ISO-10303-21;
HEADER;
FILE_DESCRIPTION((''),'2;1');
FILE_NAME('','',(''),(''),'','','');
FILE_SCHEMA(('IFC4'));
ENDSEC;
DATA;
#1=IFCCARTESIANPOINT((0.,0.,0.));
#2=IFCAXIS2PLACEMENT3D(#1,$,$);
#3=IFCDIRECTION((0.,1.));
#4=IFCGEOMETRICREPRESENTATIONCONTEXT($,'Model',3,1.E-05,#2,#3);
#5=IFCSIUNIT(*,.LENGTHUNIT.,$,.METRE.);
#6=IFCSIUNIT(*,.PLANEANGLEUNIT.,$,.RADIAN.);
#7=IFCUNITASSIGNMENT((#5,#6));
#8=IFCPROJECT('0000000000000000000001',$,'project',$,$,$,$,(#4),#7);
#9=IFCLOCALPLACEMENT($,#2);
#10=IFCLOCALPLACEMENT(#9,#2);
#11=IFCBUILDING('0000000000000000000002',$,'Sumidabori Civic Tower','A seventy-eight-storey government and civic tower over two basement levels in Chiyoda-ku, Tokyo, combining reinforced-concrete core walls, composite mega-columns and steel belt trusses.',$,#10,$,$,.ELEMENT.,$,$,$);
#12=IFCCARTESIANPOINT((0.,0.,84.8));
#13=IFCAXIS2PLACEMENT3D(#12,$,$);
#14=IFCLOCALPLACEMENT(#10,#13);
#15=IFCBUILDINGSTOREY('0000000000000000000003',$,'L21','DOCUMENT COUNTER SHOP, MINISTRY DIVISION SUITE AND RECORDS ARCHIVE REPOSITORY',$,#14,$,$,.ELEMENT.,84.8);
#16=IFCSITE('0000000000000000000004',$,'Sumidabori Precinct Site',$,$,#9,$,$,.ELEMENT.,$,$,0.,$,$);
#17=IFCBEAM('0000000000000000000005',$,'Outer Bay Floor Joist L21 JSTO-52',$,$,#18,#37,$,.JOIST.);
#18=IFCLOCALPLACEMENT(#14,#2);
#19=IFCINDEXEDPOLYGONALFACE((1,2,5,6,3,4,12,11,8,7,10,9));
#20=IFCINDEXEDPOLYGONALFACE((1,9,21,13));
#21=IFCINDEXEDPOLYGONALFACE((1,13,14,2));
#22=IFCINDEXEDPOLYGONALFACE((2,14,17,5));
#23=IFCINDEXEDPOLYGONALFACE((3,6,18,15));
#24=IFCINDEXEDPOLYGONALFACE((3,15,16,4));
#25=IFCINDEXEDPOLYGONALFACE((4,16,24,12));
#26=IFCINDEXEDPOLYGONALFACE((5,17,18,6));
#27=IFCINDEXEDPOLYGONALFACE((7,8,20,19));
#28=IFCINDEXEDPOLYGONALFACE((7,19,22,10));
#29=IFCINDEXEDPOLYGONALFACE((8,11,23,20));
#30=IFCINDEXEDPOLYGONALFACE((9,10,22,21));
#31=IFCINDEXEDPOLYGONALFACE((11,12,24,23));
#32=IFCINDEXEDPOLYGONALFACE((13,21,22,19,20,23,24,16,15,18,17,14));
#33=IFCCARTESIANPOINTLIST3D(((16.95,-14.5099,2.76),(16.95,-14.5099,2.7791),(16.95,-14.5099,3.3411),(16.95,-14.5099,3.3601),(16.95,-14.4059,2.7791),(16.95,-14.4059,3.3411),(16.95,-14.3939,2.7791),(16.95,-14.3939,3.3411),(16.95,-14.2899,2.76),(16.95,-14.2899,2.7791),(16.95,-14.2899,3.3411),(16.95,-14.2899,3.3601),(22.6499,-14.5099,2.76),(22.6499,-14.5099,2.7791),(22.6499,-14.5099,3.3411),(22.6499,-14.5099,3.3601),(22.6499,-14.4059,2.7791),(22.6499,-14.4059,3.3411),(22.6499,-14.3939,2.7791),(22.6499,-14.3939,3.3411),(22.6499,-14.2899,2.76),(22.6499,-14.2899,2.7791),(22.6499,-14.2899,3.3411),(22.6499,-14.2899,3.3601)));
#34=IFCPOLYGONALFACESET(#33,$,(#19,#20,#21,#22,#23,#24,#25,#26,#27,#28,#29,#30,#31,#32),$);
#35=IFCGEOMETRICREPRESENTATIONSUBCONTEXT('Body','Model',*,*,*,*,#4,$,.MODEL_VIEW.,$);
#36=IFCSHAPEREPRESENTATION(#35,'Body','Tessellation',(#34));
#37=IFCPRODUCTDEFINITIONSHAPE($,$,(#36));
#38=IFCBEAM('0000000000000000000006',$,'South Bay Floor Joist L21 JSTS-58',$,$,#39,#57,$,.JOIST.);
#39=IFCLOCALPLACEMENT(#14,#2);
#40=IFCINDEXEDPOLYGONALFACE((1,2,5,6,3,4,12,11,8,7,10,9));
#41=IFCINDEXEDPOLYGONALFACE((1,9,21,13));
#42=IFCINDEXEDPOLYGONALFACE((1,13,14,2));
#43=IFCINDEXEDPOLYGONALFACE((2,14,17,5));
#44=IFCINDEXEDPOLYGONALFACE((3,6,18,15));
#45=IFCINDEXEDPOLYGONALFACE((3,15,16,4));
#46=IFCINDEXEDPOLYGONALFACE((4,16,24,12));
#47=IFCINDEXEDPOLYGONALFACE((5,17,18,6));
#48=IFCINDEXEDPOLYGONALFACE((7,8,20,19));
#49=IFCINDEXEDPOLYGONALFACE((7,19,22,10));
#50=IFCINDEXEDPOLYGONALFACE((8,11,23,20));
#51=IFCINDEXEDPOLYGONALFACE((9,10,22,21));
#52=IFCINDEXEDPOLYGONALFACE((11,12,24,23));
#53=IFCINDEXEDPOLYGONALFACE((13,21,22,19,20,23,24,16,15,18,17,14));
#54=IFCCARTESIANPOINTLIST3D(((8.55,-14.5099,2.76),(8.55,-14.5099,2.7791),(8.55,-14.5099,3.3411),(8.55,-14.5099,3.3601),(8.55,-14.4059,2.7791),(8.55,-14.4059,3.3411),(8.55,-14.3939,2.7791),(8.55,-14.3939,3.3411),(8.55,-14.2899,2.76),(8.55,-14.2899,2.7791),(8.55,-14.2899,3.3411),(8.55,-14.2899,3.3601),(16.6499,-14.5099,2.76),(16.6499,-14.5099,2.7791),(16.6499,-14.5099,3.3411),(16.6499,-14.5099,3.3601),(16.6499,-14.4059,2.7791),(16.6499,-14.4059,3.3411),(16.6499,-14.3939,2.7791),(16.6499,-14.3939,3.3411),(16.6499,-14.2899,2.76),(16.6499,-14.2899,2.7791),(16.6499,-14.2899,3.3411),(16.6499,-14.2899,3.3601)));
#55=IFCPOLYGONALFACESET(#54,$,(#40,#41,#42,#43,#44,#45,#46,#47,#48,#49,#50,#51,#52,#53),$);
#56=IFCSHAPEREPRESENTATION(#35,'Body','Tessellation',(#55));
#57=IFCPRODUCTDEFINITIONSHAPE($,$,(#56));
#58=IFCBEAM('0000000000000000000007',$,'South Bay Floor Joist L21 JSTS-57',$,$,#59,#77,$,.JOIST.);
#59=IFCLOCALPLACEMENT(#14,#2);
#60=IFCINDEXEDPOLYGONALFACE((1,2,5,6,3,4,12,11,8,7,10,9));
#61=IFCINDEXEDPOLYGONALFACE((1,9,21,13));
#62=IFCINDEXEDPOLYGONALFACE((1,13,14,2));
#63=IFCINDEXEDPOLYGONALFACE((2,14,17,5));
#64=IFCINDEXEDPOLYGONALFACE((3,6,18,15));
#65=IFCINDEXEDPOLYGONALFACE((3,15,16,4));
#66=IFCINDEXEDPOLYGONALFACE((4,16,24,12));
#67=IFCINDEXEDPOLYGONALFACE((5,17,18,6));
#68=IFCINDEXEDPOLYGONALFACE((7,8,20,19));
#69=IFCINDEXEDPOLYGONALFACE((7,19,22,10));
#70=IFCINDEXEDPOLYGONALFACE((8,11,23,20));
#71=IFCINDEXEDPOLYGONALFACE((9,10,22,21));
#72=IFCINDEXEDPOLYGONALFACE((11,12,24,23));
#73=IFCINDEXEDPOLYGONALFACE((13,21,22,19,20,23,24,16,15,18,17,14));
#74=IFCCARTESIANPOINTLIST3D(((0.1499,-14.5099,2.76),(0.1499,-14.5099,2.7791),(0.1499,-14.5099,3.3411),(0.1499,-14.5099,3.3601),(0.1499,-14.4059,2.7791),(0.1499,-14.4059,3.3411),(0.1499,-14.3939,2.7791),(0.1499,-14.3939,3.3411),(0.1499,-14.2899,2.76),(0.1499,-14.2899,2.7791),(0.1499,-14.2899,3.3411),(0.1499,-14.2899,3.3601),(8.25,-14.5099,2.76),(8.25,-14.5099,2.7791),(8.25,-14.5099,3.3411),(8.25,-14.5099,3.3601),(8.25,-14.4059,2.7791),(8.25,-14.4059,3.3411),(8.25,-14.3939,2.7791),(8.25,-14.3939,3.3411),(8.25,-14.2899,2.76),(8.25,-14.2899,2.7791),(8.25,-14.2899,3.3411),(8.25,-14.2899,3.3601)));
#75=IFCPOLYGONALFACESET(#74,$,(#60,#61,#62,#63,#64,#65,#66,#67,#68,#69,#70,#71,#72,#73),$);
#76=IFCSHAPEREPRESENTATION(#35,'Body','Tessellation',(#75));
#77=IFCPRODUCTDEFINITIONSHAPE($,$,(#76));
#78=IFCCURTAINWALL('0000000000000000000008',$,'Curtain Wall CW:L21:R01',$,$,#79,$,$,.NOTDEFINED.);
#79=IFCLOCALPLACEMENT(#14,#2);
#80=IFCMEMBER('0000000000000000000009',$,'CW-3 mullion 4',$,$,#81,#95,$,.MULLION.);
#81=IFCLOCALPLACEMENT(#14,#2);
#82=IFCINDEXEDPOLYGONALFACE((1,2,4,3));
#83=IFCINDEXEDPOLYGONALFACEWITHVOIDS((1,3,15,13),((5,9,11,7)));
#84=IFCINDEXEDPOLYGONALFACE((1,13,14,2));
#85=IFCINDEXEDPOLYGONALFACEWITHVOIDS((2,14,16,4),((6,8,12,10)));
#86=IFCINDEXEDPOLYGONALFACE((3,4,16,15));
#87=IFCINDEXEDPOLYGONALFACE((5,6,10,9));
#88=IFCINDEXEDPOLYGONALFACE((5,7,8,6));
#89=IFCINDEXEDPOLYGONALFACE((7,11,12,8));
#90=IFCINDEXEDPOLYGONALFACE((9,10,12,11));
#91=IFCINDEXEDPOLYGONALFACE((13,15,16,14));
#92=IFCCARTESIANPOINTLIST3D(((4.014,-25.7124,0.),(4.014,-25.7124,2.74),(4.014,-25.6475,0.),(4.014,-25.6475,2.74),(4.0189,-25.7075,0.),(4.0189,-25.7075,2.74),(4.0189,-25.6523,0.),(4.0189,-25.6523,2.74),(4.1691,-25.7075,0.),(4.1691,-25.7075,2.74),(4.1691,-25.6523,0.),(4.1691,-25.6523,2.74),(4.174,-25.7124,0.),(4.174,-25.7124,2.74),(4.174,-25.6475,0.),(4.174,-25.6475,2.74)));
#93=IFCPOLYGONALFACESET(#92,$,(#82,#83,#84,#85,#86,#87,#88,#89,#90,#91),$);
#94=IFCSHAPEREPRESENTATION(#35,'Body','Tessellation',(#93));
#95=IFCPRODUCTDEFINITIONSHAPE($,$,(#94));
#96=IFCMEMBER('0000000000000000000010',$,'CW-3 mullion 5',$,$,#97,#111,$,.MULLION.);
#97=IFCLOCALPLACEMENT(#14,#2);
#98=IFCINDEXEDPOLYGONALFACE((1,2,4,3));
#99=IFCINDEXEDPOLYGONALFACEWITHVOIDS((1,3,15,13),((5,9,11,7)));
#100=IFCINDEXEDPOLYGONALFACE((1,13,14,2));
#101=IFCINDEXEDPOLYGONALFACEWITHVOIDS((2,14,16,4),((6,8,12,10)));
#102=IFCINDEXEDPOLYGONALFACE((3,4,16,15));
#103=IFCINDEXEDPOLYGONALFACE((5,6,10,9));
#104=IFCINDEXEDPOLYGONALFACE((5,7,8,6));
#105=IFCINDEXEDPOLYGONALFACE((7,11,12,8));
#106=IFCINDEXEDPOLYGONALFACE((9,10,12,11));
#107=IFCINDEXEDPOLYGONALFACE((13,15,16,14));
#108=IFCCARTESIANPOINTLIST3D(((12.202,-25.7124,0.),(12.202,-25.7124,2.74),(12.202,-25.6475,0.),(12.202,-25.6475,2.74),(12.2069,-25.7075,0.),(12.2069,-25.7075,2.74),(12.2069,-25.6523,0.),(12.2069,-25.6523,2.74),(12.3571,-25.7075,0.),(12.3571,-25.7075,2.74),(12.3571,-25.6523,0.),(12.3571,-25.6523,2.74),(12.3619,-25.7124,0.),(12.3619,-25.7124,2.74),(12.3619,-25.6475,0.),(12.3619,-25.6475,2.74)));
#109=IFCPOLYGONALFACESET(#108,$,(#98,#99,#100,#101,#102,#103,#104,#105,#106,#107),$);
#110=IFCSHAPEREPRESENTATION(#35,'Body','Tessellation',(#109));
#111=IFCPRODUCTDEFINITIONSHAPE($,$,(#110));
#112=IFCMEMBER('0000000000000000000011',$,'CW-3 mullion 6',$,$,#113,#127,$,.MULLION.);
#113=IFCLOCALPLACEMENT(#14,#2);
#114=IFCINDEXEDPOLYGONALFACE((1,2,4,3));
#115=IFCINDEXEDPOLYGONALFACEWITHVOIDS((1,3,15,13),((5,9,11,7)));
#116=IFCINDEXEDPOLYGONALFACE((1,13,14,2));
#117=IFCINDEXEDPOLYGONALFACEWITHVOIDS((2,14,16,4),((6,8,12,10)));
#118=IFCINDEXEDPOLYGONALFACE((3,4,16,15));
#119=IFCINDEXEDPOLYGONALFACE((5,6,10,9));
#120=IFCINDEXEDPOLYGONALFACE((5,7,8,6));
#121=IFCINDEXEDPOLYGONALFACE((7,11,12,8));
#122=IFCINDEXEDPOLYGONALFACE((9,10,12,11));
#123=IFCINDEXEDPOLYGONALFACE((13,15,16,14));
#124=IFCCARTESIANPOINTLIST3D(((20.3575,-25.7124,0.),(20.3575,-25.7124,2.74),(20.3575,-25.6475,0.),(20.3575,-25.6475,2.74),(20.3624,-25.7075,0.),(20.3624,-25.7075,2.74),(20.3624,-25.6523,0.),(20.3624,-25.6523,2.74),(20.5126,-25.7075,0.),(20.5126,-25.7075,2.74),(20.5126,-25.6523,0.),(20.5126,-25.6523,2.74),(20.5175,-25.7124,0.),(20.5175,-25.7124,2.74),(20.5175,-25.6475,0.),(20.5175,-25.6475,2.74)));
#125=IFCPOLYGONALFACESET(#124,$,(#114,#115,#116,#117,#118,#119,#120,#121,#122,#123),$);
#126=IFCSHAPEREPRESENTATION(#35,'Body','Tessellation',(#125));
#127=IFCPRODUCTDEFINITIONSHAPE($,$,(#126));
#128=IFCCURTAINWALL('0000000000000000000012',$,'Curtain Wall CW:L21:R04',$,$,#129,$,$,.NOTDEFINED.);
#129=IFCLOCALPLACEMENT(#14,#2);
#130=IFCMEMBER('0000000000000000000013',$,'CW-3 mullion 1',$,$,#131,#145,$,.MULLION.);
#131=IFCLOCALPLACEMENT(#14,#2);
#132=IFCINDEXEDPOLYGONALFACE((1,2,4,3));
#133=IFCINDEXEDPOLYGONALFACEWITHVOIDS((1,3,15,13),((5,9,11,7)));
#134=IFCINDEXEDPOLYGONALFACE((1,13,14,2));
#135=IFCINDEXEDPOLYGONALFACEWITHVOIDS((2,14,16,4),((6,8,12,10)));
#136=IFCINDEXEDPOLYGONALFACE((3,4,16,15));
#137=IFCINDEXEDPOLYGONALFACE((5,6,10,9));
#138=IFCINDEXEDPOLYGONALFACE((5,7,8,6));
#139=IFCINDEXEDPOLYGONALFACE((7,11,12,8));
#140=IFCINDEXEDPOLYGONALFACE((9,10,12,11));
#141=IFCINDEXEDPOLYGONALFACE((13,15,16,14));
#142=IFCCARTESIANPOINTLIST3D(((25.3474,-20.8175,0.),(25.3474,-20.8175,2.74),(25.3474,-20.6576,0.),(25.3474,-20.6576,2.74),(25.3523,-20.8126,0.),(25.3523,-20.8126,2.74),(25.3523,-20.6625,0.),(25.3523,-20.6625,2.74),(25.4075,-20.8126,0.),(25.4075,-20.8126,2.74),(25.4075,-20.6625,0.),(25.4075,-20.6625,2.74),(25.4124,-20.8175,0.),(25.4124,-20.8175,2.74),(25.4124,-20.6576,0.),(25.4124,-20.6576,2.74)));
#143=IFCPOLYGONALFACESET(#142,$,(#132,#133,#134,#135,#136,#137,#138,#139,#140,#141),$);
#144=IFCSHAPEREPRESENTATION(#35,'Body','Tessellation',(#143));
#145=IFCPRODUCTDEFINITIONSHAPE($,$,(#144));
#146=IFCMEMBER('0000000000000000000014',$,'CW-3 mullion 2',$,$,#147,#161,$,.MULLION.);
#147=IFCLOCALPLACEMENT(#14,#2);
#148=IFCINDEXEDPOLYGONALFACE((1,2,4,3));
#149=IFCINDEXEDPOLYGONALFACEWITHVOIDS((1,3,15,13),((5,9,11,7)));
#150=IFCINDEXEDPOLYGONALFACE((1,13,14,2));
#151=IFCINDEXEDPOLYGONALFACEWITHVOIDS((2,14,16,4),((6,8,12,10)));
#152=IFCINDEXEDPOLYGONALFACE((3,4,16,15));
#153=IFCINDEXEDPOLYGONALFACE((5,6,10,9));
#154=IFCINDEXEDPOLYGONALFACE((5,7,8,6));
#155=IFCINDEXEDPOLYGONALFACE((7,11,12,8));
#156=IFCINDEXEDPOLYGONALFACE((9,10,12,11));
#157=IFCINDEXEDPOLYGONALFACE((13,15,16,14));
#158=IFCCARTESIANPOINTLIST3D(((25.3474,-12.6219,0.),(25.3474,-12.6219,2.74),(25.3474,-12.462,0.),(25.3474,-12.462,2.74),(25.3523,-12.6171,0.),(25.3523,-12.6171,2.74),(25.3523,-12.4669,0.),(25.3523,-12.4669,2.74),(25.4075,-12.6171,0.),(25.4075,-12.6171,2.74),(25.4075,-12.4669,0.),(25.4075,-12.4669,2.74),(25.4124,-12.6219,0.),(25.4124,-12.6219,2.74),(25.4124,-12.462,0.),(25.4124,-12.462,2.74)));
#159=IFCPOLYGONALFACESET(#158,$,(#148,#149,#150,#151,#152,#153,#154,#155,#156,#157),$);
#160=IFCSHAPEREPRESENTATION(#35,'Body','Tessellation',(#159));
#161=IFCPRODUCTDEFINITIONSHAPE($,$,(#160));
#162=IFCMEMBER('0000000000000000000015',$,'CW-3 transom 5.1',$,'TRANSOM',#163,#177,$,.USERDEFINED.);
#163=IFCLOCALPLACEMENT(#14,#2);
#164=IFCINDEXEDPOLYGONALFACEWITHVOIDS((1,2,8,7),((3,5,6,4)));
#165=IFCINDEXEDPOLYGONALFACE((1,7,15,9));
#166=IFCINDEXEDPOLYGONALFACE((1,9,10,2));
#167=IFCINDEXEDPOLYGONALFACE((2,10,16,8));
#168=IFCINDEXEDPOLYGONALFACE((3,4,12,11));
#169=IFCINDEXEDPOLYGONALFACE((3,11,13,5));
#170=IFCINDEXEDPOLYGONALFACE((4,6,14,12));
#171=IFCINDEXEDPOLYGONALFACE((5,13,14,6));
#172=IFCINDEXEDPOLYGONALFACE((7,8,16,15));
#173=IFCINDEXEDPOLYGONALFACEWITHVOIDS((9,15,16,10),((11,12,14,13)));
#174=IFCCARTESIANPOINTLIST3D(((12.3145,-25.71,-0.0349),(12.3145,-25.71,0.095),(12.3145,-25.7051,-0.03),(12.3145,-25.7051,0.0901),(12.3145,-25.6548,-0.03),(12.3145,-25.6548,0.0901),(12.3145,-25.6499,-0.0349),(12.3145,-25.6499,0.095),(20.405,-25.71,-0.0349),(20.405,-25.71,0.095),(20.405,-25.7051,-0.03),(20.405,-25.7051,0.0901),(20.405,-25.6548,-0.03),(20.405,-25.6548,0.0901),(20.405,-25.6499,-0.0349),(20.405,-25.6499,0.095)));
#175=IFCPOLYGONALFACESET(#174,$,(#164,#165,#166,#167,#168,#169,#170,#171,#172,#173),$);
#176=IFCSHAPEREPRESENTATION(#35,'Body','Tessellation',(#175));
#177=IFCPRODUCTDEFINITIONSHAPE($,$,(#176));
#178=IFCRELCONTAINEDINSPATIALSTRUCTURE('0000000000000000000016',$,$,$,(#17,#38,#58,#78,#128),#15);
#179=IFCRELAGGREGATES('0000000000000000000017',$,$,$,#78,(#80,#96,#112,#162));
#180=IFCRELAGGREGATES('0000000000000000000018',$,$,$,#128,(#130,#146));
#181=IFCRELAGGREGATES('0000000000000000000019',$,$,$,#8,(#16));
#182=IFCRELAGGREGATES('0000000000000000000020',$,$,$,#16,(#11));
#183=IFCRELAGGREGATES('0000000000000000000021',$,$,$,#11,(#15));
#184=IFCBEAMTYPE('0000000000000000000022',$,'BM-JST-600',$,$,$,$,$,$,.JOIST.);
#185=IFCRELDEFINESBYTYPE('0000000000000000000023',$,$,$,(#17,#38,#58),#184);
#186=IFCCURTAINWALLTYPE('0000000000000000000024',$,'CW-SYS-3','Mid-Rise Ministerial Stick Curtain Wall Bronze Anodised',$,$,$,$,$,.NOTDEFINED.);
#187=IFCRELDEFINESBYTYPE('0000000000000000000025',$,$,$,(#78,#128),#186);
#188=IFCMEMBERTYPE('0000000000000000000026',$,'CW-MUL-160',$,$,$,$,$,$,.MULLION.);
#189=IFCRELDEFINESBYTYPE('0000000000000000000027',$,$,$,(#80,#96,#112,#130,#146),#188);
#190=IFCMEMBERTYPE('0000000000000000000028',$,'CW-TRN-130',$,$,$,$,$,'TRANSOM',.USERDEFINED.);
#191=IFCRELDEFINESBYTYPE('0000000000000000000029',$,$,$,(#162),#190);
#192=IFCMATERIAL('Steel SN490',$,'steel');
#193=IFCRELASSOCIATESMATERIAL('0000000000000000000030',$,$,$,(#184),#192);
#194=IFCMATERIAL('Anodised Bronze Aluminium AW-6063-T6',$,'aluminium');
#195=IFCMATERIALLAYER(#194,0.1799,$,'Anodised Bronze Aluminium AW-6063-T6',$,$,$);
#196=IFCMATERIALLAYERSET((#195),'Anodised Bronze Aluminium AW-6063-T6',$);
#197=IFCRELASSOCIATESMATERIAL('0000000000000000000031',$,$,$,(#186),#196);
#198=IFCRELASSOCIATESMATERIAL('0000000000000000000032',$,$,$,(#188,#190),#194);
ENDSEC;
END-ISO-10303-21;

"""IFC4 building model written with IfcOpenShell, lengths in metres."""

from ifc_helpers import new_model, si_unit, direction, frame, origin, origin_2d, place, context, subcontext, project, spatial, hollow_rectangle, i_section, extrude, source, transform, mapped, material, layer, layer_set, material_profile, profile_set, type_object, element, aggregate, save


model = new_model("IFC4")

# Units and contexts
model_context = context("Model", 3, precision=1e-05, world=origin(), true_north=direction((0.0, 1.0)))
body_context = subcontext(model_context, "Body", "Model", "MODEL_VIEW")
ifc_project = project(units=[si_unit("LENGTHUNIT", "METRE"), si_unit("PLANEANGLEUNIT", "RADIAN")], contexts=[model_context])

# Site, building, storey
site_placement = place(None, origin())
site = spatial("IfcSite", under=ifc_project, at=site_placement, Name="Sumidabori Precinct Site", CompositionType="ELEMENT", RefElevation=0.0)
building_placement = place(site_placement, origin())
building = spatial("IfcBuilding", under=site, at=building_placement, Name="Sumidabori Civic Tower", Description="A seventy-eight-storey government and civic tower over two basement levels in Chiyoda-ku, Tokyo, combining reinforced-concrete core walls, composite mega-columns and steel belt trusses.", CompositionType="ELEMENT")
storey_placement = place(building_placement, frame((0.0, 0.0, 84.8)))
storey = spatial("IfcBuildingStorey", under=building, at=storey_placement, Name="L21", Description="DOCUMENT COUNTER SHOP, MINISTRY DIVISION SUITE AND RECORDS ARCHIVE REPOSITORY", CompositionType="ELEMENT", Elevation=84.8)

# Beams
ifc_material_1 = material(Name="Steel SN490", Category="steel")
ifc_material_profile_1 = material_profile(ifc_material_1, i_section(OverallWidth=0.22, OverallDepth=0.6001, WebThickness=0.012, FlangeThickness=0.019, at=origin_2d()), Name="IPE 600")
ifc_profile_set_1 = profile_set([ifc_material_profile_1], Name="Steel SN490")
beam_type_1 = type_object("IfcBeamType", Name="BM-JST-600", PredefinedType="JOIST", material=ifc_profile_set_1)
shared_shape_1 = source(origin(), body_context, "Body", "SweptSolid", [
    extrude(i_section(OverallWidth=0.22, OverallDepth=0.6001, WebThickness=0.012, FlangeThickness=0.019, at=origin_2d()), origin(), (0.0, 0.0, 1.0), 5.7),
])
beam_1_placement = place(storey_placement, frame((16.95, -14.3999, 3.0601), z_axis=(1.0, 0.0, 0.0), x_axis=(0.0, 1.0, 0.0)))
element("IfcBeam", 1, at=beam_1_placement, inside=storey, type_object=beam_type_1, Name="Outer Bay Floor Joist L21 JSTO-52", PredefinedType="JOIST", context=body_context, shape_type="MappedRepresentation", body=[
    mapped(shared_shape_1, transform((0.0, 0.0, 0.0), x_axis=(1.0, 0.0, 0.0), y_axis=(0.0, 1.0, 0.0), z_axis=(0.0, 0.0, 1.0), scale=1.0)),
])
shared_shape_2 = source(origin(), body_context, "Body", "SweptSolid", [
    extrude(i_section(OverallWidth=0.22, OverallDepth=0.6001, WebThickness=0.012, FlangeThickness=0.019, at=origin_2d()), origin(), (0.0, 0.0, 1.0), 8.0999),
])
beam_2_placement = place(storey_placement, frame((8.55, -14.3999, 3.0601), z_axis=(1.0, 0.0, 0.0), x_axis=(0.0, 1.0, 0.0)))
element("IfcBeam", 2, at=beam_2_placement, inside=storey, type_object=beam_type_1, Name="South Bay Floor Joist L21 JSTS-58", PredefinedType="JOIST", context=body_context, shape_type="MappedRepresentation", body=[
    mapped(shared_shape_2, transform((0.0, 0.0, 0.0), x_axis=(1.0, 0.0, 0.0), y_axis=(0.0, 1.0, 0.0), z_axis=(0.0, 0.0, 1.0), scale=1.0)),
])
shared_shape_3 = source(origin(), body_context, "Body", "SweptSolid", [
    extrude(i_section(OverallWidth=0.22, OverallDepth=0.6001, WebThickness=0.012, FlangeThickness=0.019, at=origin_2d()), origin(), (0.0, 0.0, 1.0), 8.1001),
])
beam_3_placement = place(storey_placement, frame((0.1499, -14.3999, 3.0601), z_axis=(1.0, 0.0, 0.0), x_axis=(0.0, 1.0, 0.0)))
element("IfcBeam", 3, at=beam_3_placement, inside=storey, type_object=beam_type_1, Name="South Bay Floor Joist L21 JSTS-57", PredefinedType="JOIST", context=body_context, shape_type="MappedRepresentation", body=[
    mapped(shared_shape_3, transform((0.0, 0.0, 0.0), x_axis=(1.0, 0.0, 0.0), y_axis=(0.0, 1.0, 0.0), z_axis=(0.0, 0.0, 1.0), scale=1.0)),
])

# Curtain walls, members
ifc_material_2 = material(Name="Anodised Bronze Aluminium AW-6063-T6", Category="aluminium")
ifc_layer_1 = layer(ifc_material_2, 0.1799, Name="Anodised Bronze Aluminium AW-6063-T6")
ifc_layer_set_1 = layer_set([ifc_layer_1], Name="Anodised Bronze Aluminium AW-6063-T6")
curtain_wall_type = type_object("IfcCurtainWallType", Name="CW-SYS-3", Description="Mid-Rise Ministerial Stick Curtain Wall Bronze Anodised", PredefinedType="NOTDEFINED", material=ifc_layer_set_1)
curtain_wall_1_placement = place(storey_placement, origin())
curtain_wall_1 = element("IfcCurtainWall", 4, at=curtain_wall_1_placement, inside=storey, type_object=curtain_wall_type, Name="Curtain Wall CW:L21:R01", PredefinedType="NOTDEFINED")
ifc_material_profile_2 = material_profile(ifc_material_2, hollow_rectangle(XDim=0.0649, YDim=0.1599, WallThickness=0.0049, at=origin_2d()), Name="ALU MULLION 160x65")
ifc_profile_set_2 = profile_set([ifc_material_profile_2], Name="Anodised Bronze Aluminium AW-6063-T6")
member_type_1 = type_object("IfcMemberType", Name="CW-MUL-160", PredefinedType="MULLION", material=ifc_profile_set_2)
shared_shape_4 = source(origin(), body_context, "Body", "SweptSolid", [
    extrude(hollow_rectangle(XDim=0.0649, YDim=0.1599, WallThickness=0.0049, at=origin_2d()), origin(), (0.0, 0.0, 1.0), 2.74),
])
member_1_placement = place(storey_placement, frame((4.094, -25.6799, 0.0), z_axis=(0.0, 0.0, 1.0), x_axis=(0.0, 1.0, 0.0)))
member_1 = element("IfcMember", 5, at=member_1_placement, type_object=member_type_1, Name="CW-3 mullion 4", PredefinedType="MULLION", context=body_context, shape_type="MappedRepresentation", body=[
    mapped(shared_shape_4, transform((0.0, 0.0, 0.0), x_axis=(1.0, 0.0, 0.0), y_axis=(0.0, 1.0, 0.0), z_axis=(0.0, 0.0, 1.0), scale=1.0)),
])
member_2_placement = place(storey_placement, frame((12.282, -25.6799, 0.0), z_axis=(0.0, 0.0, 1.0), x_axis=(0.0, 1.0, 0.0)))
member_2 = element("IfcMember", 6, at=member_2_placement, type_object=member_type_1, Name="CW-3 mullion 5", PredefinedType="MULLION", context=body_context, shape_type="MappedRepresentation", body=[
    mapped(shared_shape_4, transform((0.0, 0.0, 0.0), x_axis=(1.0, 0.0, 0.0), y_axis=(0.0, 1.0, 0.0), z_axis=(0.0, 0.0, 1.0), scale=1.0)),
])
member_3_placement = place(storey_placement, frame((20.4375, -25.6799, 0.0), z_axis=(0.0, 0.0, 1.0), x_axis=(0.0, 1.0, 0.0)))
member_3 = element("IfcMember", 7, at=member_3_placement, type_object=member_type_1, Name="CW-3 mullion 6", PredefinedType="MULLION", context=body_context, shape_type="MappedRepresentation", body=[
    mapped(shared_shape_4, transform((0.0, 0.0, 0.0), x_axis=(1.0, 0.0, 0.0), y_axis=(0.0, 1.0, 0.0), z_axis=(0.0, 0.0, 1.0), scale=1.0)),
])
curtain_wall_2_placement = place(storey_placement, origin())
curtain_wall_2 = element("IfcCurtainWall", 8, at=curtain_wall_2_placement, inside=storey, type_object=curtain_wall_type, Name="Curtain Wall CW:L21:R04", PredefinedType="NOTDEFINED")
member_4_placement = place(storey_placement, frame((25.3799, -20.7375, 0.0), z_axis=(0.0, 0.0, 1.0), x_axis=(-1.0, 0.0, 0.0)))
member_4 = element("IfcMember", 9, at=member_4_placement, type_object=member_type_1, Name="CW-3 mullion 1", PredefinedType="MULLION", context=body_context, shape_type="MappedRepresentation", body=[
    mapped(shared_shape_4, transform((0.0, 0.0, 0.0), x_axis=(1.0, 0.0, 0.0), y_axis=(0.0, 1.0, 0.0), z_axis=(0.0, 0.0, 1.0), scale=1.0)),
])
member_5_placement = place(storey_placement, frame((25.3799, -12.542, 0.0), z_axis=(0.0, 0.0, 1.0), x_axis=(-1.0, 0.0, 0.0)))
member_5 = element("IfcMember", 10, at=member_5_placement, type_object=member_type_1, Name="CW-3 mullion 2", PredefinedType="MULLION", context=body_context, shape_type="MappedRepresentation", body=[
    mapped(shared_shape_4, transform((0.0, 0.0, 0.0), x_axis=(1.0, 0.0, 0.0), y_axis=(0.0, 1.0, 0.0), z_axis=(0.0, 0.0, 1.0), scale=1.0)),
])

# Member
ifc_material_profile_3 = material_profile(ifc_material_2, hollow_rectangle(XDim=0.0601, YDim=0.1299, WallThickness=0.0049, at=origin_2d()), Name="ALU TRANSOM 130x60")
ifc_profile_set_3 = profile_set([ifc_material_profile_3], Name="Anodised Bronze Aluminium AW-6063-T6")
member_type_2 = type_object("IfcMemberType", Name="CW-TRN-130", ElementType="TRANSOM", PredefinedType="USERDEFINED", material=ifc_profile_set_3)
shared_shape_5 = source(origin(), body_context, "Body", "SweptSolid", [
    extrude(hollow_rectangle(XDim=0.0601, YDim=0.1299, WallThickness=0.0049, at=origin_2d()), origin(), (0.0, 0.0, 1.0), 8.0906),
])
member_6_placement = place(storey_placement, frame((12.3145, -25.6799, 0.03), z_axis=(1.0, 0.0, 0.0), x_axis=(0.0, 1.0, 0.0)))
member_6 = element("IfcMember", 11, at=member_6_placement, type_object=member_type_2, Name="CW-3 transom 5.1", ObjectType="TRANSOM", PredefinedType="USERDEFINED", context=body_context, shape_type="MappedRepresentation", body=[
    mapped(shared_shape_5, transform((0.0, 0.0, 0.0), x_axis=(1.0, 0.0, 0.0), y_axis=(0.0, 1.0, 0.0), z_axis=(0.0, 0.0, 1.0), scale=1.0)),
])

aggregate(curtain_wall_1, [member_1, member_2, member_3, member_6])
aggregate(curtain_wall_2, [member_4, member_5])

save(model, "model.ifc")
